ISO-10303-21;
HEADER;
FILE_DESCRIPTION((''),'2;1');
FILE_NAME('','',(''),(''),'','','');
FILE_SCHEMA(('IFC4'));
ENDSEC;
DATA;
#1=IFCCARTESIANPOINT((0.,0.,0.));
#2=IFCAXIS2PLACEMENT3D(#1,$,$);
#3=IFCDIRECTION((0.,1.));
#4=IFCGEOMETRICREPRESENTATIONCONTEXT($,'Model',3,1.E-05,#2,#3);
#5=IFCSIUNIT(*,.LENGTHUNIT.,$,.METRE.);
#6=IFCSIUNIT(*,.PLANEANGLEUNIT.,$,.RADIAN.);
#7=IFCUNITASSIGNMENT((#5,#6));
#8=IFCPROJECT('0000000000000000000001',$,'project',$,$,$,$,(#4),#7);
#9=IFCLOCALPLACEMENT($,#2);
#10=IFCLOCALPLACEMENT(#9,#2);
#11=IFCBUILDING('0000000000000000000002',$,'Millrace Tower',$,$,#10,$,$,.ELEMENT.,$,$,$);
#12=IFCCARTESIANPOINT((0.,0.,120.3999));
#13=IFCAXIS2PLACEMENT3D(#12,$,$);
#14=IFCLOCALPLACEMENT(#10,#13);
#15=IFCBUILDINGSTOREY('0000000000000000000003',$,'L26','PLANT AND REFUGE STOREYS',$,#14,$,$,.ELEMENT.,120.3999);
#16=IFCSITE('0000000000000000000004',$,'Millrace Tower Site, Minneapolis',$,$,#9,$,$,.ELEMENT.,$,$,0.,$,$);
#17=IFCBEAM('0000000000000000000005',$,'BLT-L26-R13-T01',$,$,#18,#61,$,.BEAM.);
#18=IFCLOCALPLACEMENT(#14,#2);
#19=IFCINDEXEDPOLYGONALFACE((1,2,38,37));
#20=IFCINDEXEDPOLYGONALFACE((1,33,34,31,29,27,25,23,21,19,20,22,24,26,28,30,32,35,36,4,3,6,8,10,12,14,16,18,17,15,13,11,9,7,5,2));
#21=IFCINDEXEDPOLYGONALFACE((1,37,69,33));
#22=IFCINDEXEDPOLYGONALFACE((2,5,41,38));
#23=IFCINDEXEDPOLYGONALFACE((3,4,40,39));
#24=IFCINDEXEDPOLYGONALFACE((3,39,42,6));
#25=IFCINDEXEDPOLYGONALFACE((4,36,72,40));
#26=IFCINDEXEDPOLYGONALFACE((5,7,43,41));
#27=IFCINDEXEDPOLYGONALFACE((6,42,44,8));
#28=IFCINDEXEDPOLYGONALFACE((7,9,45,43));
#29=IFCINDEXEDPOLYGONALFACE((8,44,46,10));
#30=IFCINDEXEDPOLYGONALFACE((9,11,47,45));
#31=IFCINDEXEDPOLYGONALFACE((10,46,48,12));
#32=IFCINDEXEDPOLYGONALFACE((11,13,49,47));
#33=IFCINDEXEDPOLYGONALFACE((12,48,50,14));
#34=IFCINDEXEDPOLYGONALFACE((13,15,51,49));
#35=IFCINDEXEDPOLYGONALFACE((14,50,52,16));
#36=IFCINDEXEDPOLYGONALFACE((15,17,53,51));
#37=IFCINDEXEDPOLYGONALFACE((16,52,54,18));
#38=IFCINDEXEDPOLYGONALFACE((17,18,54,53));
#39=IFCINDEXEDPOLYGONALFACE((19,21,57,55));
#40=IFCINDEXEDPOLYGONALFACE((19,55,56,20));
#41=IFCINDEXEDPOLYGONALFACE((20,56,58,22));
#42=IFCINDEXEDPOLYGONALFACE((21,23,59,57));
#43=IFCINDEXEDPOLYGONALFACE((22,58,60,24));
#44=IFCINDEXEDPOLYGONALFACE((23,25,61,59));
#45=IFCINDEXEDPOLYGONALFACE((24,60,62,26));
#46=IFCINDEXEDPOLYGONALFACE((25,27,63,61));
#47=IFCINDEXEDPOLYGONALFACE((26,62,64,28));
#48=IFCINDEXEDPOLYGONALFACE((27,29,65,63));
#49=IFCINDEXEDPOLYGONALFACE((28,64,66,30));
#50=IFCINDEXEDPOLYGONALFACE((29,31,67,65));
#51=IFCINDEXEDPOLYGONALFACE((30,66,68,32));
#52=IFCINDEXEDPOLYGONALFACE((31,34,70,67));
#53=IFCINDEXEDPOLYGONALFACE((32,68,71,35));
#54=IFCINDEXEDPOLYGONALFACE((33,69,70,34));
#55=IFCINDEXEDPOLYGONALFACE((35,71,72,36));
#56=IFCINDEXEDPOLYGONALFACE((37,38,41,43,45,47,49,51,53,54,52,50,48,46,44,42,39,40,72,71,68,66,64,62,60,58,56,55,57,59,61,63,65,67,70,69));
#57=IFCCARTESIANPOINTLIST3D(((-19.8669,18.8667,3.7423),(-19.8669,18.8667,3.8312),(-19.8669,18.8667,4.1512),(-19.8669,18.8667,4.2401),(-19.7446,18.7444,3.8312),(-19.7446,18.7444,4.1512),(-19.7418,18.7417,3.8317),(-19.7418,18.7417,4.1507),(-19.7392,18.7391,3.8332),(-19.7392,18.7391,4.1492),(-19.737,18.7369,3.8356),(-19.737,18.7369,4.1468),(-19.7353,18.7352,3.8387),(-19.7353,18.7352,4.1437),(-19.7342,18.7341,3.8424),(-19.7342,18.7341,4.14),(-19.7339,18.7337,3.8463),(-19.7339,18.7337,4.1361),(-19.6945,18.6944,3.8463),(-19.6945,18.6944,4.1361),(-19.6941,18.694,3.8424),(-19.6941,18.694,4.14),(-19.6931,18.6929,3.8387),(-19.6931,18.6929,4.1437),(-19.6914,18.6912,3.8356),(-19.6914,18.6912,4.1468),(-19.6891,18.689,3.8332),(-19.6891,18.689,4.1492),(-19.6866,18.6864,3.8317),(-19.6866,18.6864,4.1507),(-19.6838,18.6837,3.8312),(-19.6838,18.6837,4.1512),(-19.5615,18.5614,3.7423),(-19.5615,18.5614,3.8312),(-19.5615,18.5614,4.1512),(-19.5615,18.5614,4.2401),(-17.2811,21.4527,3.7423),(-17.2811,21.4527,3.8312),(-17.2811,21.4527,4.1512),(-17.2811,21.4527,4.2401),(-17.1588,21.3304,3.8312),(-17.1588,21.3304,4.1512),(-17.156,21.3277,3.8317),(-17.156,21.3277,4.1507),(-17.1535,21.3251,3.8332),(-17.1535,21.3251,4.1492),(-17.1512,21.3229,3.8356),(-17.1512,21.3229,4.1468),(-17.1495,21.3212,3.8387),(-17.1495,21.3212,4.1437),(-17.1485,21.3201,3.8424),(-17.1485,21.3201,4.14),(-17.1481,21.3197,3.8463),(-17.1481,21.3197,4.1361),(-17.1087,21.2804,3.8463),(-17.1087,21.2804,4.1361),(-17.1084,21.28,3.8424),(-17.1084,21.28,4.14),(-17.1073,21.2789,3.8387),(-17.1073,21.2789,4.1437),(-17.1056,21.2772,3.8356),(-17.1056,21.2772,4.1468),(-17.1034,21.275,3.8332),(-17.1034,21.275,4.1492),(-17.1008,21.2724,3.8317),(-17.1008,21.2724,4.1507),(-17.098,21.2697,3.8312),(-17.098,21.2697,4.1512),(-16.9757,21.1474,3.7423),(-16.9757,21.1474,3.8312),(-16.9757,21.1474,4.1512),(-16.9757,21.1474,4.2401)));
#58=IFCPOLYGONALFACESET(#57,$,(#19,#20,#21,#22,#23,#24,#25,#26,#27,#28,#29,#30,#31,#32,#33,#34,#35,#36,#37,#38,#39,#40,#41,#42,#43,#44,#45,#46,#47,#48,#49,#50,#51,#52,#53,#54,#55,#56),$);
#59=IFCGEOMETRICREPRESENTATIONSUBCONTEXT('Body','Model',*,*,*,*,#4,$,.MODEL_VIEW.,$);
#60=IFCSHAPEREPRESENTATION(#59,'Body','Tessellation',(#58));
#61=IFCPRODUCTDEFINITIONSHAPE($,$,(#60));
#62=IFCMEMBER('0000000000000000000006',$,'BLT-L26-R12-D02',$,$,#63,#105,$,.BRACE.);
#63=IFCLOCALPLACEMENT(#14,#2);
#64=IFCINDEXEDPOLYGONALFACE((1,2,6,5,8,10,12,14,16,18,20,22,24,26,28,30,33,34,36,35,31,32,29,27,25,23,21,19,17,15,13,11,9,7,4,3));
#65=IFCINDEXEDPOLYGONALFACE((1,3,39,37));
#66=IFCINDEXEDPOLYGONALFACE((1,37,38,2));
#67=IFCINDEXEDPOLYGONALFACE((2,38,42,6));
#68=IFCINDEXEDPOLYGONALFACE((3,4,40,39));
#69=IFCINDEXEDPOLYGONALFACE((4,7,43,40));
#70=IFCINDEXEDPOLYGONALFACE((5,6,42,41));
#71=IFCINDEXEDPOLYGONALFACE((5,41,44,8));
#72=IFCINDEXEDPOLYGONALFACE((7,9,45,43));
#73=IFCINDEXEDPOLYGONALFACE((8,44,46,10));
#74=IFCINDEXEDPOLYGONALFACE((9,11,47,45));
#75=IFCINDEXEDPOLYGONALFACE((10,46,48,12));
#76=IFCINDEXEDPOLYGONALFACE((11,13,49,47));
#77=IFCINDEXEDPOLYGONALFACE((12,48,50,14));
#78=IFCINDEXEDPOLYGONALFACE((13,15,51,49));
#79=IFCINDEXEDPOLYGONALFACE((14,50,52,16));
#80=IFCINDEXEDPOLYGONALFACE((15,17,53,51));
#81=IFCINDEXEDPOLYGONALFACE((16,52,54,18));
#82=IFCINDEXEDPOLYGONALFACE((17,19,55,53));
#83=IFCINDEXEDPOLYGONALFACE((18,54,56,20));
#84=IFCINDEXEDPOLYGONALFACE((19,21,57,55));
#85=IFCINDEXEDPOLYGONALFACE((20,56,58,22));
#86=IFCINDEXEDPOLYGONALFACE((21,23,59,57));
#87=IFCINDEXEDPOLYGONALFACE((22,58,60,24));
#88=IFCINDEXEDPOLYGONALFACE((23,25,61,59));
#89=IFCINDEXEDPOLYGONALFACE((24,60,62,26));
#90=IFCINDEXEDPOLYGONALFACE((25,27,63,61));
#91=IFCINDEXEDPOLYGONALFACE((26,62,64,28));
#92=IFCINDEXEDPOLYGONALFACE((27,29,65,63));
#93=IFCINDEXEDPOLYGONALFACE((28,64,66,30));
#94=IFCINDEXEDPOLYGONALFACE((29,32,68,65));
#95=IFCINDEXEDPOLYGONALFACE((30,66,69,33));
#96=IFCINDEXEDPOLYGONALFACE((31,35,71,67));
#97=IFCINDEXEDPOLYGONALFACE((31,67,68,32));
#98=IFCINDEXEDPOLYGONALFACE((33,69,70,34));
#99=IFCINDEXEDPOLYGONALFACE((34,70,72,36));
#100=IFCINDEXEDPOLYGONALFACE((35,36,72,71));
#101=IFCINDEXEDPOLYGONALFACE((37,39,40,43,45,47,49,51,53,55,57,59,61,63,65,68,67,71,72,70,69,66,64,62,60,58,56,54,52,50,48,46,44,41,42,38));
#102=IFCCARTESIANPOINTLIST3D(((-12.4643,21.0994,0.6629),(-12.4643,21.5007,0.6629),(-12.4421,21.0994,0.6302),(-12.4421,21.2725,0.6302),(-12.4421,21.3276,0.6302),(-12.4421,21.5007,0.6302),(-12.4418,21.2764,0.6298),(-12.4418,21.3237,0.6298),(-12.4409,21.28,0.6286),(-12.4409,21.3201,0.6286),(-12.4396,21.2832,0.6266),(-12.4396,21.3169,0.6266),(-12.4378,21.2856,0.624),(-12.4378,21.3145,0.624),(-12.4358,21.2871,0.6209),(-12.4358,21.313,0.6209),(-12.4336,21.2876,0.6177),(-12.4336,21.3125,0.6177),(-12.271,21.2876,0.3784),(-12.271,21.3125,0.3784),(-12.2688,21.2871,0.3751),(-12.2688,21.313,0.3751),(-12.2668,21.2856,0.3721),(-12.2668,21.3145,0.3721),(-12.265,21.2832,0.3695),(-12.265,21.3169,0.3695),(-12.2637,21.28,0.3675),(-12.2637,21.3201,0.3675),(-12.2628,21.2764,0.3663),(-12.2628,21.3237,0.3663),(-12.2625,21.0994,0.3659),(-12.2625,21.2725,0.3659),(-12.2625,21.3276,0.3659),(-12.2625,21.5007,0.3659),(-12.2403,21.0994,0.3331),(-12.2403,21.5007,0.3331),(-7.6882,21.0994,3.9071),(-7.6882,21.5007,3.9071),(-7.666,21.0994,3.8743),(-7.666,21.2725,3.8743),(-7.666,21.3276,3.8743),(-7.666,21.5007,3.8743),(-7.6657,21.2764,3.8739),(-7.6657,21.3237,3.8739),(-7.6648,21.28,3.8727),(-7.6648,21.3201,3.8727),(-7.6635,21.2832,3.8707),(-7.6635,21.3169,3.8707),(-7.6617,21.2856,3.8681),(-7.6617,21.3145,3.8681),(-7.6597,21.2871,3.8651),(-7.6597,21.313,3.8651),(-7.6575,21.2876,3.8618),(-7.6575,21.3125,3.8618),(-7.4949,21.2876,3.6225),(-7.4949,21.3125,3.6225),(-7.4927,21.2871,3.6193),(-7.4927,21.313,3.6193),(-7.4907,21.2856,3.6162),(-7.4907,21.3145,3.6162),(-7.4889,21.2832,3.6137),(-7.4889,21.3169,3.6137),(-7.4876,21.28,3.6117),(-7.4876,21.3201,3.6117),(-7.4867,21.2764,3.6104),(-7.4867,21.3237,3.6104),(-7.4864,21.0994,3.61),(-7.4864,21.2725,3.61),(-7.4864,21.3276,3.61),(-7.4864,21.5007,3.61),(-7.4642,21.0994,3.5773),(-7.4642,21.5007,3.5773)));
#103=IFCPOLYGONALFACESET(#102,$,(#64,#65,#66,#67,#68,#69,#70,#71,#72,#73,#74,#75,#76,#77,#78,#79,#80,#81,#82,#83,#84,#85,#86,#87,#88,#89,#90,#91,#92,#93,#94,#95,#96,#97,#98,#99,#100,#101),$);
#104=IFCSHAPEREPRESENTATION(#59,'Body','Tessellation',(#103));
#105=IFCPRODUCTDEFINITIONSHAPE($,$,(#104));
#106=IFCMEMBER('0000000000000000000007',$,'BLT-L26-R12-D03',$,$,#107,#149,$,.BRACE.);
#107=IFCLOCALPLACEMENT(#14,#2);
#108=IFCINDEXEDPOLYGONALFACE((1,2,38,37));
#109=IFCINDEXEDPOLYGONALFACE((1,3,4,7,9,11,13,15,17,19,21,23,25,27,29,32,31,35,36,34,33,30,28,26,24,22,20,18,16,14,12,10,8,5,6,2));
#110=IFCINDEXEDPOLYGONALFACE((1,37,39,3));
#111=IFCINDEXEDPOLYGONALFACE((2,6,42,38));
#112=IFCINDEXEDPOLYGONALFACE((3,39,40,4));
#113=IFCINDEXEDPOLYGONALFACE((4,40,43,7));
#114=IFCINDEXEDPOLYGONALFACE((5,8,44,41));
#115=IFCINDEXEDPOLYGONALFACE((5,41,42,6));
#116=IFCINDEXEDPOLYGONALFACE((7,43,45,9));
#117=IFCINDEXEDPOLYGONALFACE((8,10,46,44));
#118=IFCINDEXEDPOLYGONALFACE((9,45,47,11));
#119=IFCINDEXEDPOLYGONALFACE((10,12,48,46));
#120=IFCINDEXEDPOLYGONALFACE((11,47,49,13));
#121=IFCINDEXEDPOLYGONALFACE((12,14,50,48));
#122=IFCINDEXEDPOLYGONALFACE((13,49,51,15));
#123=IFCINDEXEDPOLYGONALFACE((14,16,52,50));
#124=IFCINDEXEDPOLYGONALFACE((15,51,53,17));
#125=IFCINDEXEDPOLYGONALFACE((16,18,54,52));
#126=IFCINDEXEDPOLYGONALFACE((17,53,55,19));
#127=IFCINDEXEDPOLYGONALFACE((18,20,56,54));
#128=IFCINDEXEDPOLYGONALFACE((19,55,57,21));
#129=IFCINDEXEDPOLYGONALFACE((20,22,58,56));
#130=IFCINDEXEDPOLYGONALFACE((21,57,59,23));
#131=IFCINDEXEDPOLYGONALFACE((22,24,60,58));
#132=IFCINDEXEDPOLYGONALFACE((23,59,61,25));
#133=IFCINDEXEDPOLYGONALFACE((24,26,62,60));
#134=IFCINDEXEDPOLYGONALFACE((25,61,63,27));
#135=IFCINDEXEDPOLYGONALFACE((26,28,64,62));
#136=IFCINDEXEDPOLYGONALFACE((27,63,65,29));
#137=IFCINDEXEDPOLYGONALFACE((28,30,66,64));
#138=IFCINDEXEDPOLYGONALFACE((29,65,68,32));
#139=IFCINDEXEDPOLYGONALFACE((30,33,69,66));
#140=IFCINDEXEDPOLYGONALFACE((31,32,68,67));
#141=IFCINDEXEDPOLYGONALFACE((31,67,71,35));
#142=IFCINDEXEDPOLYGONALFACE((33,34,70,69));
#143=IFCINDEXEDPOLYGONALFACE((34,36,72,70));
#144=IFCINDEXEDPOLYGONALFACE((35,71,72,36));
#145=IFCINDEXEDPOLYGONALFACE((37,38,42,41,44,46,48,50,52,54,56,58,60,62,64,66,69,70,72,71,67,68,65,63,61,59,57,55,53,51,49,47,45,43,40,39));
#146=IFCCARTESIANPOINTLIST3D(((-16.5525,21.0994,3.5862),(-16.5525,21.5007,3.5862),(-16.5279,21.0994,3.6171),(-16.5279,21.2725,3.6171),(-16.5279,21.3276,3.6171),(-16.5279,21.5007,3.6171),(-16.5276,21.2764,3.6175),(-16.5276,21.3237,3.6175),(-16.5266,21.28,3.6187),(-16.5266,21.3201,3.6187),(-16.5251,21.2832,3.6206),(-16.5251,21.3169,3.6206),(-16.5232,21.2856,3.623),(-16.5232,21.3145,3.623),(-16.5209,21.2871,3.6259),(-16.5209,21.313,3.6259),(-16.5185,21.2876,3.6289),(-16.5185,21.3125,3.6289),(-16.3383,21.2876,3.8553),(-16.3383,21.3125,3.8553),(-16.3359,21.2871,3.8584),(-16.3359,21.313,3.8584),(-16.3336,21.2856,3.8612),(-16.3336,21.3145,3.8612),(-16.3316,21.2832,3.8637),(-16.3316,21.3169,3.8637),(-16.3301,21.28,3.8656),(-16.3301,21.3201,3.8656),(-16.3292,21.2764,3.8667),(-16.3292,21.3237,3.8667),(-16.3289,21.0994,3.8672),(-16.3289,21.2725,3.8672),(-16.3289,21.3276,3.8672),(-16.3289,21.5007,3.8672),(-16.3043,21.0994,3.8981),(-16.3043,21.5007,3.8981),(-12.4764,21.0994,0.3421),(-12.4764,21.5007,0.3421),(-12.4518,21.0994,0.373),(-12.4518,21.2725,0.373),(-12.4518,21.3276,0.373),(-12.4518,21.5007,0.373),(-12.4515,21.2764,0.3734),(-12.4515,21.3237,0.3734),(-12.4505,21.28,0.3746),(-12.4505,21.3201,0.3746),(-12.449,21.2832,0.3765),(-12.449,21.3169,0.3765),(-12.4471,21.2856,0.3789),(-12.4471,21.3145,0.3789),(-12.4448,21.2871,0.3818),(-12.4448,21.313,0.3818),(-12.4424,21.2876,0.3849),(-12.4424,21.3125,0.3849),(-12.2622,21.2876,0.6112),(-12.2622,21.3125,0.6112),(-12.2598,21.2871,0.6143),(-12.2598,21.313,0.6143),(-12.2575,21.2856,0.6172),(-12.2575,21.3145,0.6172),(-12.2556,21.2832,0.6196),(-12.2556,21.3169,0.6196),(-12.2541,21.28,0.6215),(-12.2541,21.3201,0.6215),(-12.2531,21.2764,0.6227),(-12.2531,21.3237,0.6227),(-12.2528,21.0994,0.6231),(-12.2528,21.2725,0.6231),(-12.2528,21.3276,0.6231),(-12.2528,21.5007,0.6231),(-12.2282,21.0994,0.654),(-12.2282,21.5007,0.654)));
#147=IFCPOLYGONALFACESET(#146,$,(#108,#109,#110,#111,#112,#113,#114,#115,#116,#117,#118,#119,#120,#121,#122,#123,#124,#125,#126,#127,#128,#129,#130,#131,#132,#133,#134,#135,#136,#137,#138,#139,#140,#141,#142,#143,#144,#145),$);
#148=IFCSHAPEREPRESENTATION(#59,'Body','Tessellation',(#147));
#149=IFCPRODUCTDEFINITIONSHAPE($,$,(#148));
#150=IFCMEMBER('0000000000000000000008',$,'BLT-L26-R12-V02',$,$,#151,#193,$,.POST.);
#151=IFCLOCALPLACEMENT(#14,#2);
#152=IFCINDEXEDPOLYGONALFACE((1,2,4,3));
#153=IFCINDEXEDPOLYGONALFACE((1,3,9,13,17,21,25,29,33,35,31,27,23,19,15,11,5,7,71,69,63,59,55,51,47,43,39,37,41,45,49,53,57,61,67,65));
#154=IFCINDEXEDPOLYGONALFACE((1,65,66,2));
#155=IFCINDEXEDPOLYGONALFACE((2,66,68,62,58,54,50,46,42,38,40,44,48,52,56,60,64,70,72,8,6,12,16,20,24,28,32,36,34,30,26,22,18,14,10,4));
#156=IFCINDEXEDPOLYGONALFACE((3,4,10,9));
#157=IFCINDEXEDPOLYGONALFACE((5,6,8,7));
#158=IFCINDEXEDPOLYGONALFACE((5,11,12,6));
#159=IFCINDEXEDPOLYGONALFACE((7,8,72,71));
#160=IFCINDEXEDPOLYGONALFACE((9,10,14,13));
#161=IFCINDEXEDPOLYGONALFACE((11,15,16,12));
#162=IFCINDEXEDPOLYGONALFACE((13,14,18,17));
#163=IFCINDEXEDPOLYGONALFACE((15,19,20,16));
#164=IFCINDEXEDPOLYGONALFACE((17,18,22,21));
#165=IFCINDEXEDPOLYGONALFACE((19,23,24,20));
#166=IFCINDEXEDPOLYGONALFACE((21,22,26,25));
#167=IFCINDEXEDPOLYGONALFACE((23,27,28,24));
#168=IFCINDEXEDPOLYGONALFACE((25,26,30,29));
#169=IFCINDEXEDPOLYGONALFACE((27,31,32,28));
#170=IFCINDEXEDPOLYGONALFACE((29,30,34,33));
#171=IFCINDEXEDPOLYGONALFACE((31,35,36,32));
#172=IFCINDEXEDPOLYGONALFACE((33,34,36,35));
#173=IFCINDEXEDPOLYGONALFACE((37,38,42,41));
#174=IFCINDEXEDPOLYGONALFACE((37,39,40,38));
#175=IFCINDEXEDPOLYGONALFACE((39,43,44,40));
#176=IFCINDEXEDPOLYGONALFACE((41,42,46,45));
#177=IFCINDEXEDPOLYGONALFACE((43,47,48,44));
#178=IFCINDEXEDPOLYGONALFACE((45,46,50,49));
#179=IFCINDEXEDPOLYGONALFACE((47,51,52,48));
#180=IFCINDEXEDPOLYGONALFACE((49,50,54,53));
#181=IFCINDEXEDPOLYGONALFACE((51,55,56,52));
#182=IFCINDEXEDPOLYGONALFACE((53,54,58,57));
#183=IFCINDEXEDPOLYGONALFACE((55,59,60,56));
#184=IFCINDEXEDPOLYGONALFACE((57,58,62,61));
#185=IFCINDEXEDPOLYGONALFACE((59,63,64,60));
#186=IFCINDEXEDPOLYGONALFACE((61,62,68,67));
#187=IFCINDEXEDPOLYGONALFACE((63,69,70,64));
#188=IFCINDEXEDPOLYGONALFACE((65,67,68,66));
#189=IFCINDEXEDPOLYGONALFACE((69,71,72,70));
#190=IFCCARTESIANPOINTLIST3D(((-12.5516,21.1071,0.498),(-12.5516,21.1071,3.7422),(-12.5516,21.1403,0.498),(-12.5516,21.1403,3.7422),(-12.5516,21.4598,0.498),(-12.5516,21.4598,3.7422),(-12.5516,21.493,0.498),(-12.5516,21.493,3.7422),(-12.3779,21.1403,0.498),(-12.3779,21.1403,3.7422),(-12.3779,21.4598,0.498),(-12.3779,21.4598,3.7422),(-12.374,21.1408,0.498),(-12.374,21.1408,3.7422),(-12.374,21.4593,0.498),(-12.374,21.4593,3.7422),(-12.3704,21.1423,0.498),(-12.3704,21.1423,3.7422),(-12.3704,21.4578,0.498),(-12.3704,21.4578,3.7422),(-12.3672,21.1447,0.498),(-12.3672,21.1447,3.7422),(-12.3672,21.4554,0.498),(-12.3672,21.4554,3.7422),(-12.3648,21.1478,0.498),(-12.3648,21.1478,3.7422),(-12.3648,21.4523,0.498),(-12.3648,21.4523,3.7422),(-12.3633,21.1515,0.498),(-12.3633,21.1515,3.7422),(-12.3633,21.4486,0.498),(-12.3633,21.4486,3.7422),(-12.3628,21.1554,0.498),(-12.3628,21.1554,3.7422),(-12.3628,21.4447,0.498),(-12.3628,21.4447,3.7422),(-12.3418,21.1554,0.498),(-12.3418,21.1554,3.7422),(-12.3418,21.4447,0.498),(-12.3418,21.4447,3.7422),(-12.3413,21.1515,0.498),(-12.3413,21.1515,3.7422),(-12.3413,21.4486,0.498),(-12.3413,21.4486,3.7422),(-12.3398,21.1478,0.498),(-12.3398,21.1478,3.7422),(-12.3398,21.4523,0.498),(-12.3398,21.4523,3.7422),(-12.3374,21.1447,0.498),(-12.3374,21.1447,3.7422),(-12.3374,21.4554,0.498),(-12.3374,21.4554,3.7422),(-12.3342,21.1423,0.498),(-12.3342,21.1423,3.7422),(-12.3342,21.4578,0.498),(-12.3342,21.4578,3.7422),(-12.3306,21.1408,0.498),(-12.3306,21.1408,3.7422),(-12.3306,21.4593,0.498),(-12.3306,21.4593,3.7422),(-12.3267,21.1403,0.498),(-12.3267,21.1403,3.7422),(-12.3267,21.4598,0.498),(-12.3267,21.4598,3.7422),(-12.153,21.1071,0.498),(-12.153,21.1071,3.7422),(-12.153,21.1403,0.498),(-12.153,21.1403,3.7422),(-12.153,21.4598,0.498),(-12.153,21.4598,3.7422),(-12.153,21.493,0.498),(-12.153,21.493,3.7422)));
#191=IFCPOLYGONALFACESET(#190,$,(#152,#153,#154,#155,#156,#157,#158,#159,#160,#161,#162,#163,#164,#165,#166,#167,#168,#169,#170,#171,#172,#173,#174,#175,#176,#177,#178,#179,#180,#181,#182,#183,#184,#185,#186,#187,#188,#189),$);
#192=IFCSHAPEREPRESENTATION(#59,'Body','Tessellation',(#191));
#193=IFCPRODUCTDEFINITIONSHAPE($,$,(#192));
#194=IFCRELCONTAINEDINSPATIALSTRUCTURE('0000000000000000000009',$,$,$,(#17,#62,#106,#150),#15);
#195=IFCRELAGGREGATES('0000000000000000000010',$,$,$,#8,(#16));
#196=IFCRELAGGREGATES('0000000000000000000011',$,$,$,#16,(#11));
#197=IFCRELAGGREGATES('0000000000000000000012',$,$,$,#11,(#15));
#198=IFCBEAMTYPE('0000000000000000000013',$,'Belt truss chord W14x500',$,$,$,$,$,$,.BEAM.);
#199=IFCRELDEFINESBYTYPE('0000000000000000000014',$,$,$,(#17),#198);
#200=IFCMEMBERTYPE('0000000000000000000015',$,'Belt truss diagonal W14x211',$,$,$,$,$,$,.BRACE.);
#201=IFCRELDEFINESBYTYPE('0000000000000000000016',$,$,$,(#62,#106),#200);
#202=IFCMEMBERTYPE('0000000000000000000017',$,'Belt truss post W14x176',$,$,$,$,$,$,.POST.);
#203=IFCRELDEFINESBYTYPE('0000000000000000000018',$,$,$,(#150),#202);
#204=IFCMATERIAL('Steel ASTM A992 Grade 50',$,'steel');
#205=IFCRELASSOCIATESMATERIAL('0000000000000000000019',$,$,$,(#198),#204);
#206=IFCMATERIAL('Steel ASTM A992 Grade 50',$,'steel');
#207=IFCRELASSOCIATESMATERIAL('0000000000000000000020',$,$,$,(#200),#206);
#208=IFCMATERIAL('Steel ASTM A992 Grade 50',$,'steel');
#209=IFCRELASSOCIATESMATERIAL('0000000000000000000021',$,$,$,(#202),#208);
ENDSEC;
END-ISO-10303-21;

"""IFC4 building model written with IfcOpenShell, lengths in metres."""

from ifc_helpers import new_model, si_unit, direction, frame, origin, origin_2d, place, context, subcontext, project, spatial, i_section, extrude, material, material_profile, profile_set, type_object, element, save


model = new_model("IFC4")

# Units and contexts
model_context = context("Model", 3, precision=1e-05, world=origin(), true_north=direction((0.0, 1.0)))
body_context = subcontext(model_context, "Body", "Model", "MODEL_VIEW")
ifc_project = project(units=[si_unit("LENGTHUNIT", "METRE"), si_unit("PLANEANGLEUNIT", "RADIAN")], contexts=[model_context])

# Site, building, storey
site_placement = place(None, origin())
site = spatial("IfcSite", under=ifc_project, at=site_placement, Name="Millrace Tower Site, Minneapolis", CompositionType="ELEMENT", RefElevation=0.0)
building_placement = place(site_placement, origin())
building = spatial("IfcBuilding", under=site, at=building_placement, Name="Millrace Tower", CompositionType="ELEMENT")
storey_placement = place(building_placement, frame((0.0, 0.0, 120.3999)))
storey = spatial("IfcBuildingStorey", under=building, at=storey_placement, Name="L26", Description="PLANT AND REFUGE STOREYS", CompositionType="ELEMENT", Elevation=120.3999)

# Beam
ifc_material_1 = material(Name="Steel ASTM A992 Grade 50", Category="steel")
ifc_material_profile_1 = material_profile(ifc_material_1, i_section(OverallWidth=0.4319, OverallDepth=0.4978, WebThickness=0.0557, FlangeThickness=0.0889, FilletRadius=0.0151, at=origin_2d()))
ifc_profile_set_1 = profile_set([ifc_material_profile_1], Name="Steel ASTM A992 Grade 50")
beam_type_1 = type_object("IfcBeamType", Name="Belt truss chord W14x500", PredefinedType="BEAM", material=ifc_profile_set_1)
for number, where, z_axis, x_axis, name in (
    (1, (-17.1284, 21.3, 3.9912), (-0.707073, -0.70714, 0.0), (0.70714, -0.707073, 0.0), "BLT-L26-R13-T01"),
):
    element("IfcBeam", number, at=place(storey_placement, frame(where, z_axis=z_axis, x_axis=x_axis)), inside=storey, type_object=beam_type_1, Name=name, PredefinedType="BEAM", context=body_context, shape_type="SweptSolid", body=[
        extrude(i_section(OverallWidth=0.4319, OverallDepth=0.4978, WebThickness=0.0557, FlangeThickness=0.0889, FilletRadius=0.0151, at=origin_2d()), origin(), (0.0, 0.0, 1.0), 3.657),
    ])

# Members
ifc_material_2 = material(Name="Steel ASTM A992 Grade 50", Category="steel")
ifc_material_profile_2 = material_profile(ifc_material_2, i_section(OverallWidth=0.4014, OverallDepth=0.3987, WebThickness=0.0249, FlangeThickness=0.0396, FilletRadius=0.0151, at=origin_2d()))
ifc_profile_set_2 = profile_set([ifc_material_profile_2], Name="Steel ASTM A992 Grade 50")
member_type_1 = type_object("IfcMemberType", Name="Belt truss diagonal W14x211", PredefinedType="BRACE", material=ifc_profile_set_2)
member_1_placement = place(storey_placement, frame((-12.3523, 21.3, 0.498), z_axis=(0.827218, 0.0, 0.561881), x_axis=(0.0, 1.0, 0.0)))
element("IfcMember", 2, at=member_1_placement, inside=storey, type_object=member_type_1, Name="BLT-L26-R12-D02", PredefinedType="BRACE", context=body_context, shape_type="SweptSolid", body=[
    extrude(i_section(OverallWidth=0.4014, OverallDepth=0.3987, WebThickness=0.0249, FlangeThickness=0.0396, FilletRadius=0.0151, at=origin_2d()), origin(), (0.0, 0.0, 1.0), 5.7737),
])
member_2_placement = place(storey_placement, frame((-12.3523, 21.3, 0.498), z_axis=(-0.782439, 0.0, 0.622727), x_axis=(0.0, -1.0, 0.0)))
element("IfcMember", 3, at=member_2_placement, inside=storey, type_object=member_type_1, Name="BLT-L26-R12-D03", PredefinedType="BRACE", context=body_context, shape_type="SweptSolid", body=[
    extrude(i_section(OverallWidth=0.4014, OverallDepth=0.3987, WebThickness=0.0249, FlangeThickness=0.0396, FilletRadius=0.0151, at=origin_2d()), origin(), (0.0, 0.0, 1.0), 5.2095),
])
ifc_material_3 = material(Name="Steel ASTM A992 Grade 50", Category="steel")
ifc_material_profile_3 = material_profile(ifc_material_3, i_section(OverallWidth=0.3987, OverallDepth=0.386, WebThickness=0.021, FlangeThickness=0.0332, FilletRadius=0.0151, at=origin_2d()))
ifc_profile_set_3 = profile_set([ifc_material_profile_3], Name="Steel ASTM A992 Grade 50")
member_type_2 = type_object("IfcMemberType", Name="Belt truss post W14x176", PredefinedType="POST", material=ifc_profile_set_3)
member_3_placement = place(storey_placement, frame((-12.3523, 21.3, 0.498), z_axis=(0.0, 0.0, 1.0), x_axis=(1.0, 0.0, 0.0)))
element("IfcMember", 4, at=member_3_placement, inside=storey, type_object=member_type_2, Name="BLT-L26-R12-V02", PredefinedType="POST", context=body_context, shape_type="SweptSolid", body=[
    extrude(i_section(OverallWidth=0.3987, OverallDepth=0.386, WebThickness=0.021, FlangeThickness=0.0332, FilletRadius=0.0151, at=origin_2d()), origin(), (0.0, 0.0, 1.0), 3.2441),
])

save(model, "model.ifc")
